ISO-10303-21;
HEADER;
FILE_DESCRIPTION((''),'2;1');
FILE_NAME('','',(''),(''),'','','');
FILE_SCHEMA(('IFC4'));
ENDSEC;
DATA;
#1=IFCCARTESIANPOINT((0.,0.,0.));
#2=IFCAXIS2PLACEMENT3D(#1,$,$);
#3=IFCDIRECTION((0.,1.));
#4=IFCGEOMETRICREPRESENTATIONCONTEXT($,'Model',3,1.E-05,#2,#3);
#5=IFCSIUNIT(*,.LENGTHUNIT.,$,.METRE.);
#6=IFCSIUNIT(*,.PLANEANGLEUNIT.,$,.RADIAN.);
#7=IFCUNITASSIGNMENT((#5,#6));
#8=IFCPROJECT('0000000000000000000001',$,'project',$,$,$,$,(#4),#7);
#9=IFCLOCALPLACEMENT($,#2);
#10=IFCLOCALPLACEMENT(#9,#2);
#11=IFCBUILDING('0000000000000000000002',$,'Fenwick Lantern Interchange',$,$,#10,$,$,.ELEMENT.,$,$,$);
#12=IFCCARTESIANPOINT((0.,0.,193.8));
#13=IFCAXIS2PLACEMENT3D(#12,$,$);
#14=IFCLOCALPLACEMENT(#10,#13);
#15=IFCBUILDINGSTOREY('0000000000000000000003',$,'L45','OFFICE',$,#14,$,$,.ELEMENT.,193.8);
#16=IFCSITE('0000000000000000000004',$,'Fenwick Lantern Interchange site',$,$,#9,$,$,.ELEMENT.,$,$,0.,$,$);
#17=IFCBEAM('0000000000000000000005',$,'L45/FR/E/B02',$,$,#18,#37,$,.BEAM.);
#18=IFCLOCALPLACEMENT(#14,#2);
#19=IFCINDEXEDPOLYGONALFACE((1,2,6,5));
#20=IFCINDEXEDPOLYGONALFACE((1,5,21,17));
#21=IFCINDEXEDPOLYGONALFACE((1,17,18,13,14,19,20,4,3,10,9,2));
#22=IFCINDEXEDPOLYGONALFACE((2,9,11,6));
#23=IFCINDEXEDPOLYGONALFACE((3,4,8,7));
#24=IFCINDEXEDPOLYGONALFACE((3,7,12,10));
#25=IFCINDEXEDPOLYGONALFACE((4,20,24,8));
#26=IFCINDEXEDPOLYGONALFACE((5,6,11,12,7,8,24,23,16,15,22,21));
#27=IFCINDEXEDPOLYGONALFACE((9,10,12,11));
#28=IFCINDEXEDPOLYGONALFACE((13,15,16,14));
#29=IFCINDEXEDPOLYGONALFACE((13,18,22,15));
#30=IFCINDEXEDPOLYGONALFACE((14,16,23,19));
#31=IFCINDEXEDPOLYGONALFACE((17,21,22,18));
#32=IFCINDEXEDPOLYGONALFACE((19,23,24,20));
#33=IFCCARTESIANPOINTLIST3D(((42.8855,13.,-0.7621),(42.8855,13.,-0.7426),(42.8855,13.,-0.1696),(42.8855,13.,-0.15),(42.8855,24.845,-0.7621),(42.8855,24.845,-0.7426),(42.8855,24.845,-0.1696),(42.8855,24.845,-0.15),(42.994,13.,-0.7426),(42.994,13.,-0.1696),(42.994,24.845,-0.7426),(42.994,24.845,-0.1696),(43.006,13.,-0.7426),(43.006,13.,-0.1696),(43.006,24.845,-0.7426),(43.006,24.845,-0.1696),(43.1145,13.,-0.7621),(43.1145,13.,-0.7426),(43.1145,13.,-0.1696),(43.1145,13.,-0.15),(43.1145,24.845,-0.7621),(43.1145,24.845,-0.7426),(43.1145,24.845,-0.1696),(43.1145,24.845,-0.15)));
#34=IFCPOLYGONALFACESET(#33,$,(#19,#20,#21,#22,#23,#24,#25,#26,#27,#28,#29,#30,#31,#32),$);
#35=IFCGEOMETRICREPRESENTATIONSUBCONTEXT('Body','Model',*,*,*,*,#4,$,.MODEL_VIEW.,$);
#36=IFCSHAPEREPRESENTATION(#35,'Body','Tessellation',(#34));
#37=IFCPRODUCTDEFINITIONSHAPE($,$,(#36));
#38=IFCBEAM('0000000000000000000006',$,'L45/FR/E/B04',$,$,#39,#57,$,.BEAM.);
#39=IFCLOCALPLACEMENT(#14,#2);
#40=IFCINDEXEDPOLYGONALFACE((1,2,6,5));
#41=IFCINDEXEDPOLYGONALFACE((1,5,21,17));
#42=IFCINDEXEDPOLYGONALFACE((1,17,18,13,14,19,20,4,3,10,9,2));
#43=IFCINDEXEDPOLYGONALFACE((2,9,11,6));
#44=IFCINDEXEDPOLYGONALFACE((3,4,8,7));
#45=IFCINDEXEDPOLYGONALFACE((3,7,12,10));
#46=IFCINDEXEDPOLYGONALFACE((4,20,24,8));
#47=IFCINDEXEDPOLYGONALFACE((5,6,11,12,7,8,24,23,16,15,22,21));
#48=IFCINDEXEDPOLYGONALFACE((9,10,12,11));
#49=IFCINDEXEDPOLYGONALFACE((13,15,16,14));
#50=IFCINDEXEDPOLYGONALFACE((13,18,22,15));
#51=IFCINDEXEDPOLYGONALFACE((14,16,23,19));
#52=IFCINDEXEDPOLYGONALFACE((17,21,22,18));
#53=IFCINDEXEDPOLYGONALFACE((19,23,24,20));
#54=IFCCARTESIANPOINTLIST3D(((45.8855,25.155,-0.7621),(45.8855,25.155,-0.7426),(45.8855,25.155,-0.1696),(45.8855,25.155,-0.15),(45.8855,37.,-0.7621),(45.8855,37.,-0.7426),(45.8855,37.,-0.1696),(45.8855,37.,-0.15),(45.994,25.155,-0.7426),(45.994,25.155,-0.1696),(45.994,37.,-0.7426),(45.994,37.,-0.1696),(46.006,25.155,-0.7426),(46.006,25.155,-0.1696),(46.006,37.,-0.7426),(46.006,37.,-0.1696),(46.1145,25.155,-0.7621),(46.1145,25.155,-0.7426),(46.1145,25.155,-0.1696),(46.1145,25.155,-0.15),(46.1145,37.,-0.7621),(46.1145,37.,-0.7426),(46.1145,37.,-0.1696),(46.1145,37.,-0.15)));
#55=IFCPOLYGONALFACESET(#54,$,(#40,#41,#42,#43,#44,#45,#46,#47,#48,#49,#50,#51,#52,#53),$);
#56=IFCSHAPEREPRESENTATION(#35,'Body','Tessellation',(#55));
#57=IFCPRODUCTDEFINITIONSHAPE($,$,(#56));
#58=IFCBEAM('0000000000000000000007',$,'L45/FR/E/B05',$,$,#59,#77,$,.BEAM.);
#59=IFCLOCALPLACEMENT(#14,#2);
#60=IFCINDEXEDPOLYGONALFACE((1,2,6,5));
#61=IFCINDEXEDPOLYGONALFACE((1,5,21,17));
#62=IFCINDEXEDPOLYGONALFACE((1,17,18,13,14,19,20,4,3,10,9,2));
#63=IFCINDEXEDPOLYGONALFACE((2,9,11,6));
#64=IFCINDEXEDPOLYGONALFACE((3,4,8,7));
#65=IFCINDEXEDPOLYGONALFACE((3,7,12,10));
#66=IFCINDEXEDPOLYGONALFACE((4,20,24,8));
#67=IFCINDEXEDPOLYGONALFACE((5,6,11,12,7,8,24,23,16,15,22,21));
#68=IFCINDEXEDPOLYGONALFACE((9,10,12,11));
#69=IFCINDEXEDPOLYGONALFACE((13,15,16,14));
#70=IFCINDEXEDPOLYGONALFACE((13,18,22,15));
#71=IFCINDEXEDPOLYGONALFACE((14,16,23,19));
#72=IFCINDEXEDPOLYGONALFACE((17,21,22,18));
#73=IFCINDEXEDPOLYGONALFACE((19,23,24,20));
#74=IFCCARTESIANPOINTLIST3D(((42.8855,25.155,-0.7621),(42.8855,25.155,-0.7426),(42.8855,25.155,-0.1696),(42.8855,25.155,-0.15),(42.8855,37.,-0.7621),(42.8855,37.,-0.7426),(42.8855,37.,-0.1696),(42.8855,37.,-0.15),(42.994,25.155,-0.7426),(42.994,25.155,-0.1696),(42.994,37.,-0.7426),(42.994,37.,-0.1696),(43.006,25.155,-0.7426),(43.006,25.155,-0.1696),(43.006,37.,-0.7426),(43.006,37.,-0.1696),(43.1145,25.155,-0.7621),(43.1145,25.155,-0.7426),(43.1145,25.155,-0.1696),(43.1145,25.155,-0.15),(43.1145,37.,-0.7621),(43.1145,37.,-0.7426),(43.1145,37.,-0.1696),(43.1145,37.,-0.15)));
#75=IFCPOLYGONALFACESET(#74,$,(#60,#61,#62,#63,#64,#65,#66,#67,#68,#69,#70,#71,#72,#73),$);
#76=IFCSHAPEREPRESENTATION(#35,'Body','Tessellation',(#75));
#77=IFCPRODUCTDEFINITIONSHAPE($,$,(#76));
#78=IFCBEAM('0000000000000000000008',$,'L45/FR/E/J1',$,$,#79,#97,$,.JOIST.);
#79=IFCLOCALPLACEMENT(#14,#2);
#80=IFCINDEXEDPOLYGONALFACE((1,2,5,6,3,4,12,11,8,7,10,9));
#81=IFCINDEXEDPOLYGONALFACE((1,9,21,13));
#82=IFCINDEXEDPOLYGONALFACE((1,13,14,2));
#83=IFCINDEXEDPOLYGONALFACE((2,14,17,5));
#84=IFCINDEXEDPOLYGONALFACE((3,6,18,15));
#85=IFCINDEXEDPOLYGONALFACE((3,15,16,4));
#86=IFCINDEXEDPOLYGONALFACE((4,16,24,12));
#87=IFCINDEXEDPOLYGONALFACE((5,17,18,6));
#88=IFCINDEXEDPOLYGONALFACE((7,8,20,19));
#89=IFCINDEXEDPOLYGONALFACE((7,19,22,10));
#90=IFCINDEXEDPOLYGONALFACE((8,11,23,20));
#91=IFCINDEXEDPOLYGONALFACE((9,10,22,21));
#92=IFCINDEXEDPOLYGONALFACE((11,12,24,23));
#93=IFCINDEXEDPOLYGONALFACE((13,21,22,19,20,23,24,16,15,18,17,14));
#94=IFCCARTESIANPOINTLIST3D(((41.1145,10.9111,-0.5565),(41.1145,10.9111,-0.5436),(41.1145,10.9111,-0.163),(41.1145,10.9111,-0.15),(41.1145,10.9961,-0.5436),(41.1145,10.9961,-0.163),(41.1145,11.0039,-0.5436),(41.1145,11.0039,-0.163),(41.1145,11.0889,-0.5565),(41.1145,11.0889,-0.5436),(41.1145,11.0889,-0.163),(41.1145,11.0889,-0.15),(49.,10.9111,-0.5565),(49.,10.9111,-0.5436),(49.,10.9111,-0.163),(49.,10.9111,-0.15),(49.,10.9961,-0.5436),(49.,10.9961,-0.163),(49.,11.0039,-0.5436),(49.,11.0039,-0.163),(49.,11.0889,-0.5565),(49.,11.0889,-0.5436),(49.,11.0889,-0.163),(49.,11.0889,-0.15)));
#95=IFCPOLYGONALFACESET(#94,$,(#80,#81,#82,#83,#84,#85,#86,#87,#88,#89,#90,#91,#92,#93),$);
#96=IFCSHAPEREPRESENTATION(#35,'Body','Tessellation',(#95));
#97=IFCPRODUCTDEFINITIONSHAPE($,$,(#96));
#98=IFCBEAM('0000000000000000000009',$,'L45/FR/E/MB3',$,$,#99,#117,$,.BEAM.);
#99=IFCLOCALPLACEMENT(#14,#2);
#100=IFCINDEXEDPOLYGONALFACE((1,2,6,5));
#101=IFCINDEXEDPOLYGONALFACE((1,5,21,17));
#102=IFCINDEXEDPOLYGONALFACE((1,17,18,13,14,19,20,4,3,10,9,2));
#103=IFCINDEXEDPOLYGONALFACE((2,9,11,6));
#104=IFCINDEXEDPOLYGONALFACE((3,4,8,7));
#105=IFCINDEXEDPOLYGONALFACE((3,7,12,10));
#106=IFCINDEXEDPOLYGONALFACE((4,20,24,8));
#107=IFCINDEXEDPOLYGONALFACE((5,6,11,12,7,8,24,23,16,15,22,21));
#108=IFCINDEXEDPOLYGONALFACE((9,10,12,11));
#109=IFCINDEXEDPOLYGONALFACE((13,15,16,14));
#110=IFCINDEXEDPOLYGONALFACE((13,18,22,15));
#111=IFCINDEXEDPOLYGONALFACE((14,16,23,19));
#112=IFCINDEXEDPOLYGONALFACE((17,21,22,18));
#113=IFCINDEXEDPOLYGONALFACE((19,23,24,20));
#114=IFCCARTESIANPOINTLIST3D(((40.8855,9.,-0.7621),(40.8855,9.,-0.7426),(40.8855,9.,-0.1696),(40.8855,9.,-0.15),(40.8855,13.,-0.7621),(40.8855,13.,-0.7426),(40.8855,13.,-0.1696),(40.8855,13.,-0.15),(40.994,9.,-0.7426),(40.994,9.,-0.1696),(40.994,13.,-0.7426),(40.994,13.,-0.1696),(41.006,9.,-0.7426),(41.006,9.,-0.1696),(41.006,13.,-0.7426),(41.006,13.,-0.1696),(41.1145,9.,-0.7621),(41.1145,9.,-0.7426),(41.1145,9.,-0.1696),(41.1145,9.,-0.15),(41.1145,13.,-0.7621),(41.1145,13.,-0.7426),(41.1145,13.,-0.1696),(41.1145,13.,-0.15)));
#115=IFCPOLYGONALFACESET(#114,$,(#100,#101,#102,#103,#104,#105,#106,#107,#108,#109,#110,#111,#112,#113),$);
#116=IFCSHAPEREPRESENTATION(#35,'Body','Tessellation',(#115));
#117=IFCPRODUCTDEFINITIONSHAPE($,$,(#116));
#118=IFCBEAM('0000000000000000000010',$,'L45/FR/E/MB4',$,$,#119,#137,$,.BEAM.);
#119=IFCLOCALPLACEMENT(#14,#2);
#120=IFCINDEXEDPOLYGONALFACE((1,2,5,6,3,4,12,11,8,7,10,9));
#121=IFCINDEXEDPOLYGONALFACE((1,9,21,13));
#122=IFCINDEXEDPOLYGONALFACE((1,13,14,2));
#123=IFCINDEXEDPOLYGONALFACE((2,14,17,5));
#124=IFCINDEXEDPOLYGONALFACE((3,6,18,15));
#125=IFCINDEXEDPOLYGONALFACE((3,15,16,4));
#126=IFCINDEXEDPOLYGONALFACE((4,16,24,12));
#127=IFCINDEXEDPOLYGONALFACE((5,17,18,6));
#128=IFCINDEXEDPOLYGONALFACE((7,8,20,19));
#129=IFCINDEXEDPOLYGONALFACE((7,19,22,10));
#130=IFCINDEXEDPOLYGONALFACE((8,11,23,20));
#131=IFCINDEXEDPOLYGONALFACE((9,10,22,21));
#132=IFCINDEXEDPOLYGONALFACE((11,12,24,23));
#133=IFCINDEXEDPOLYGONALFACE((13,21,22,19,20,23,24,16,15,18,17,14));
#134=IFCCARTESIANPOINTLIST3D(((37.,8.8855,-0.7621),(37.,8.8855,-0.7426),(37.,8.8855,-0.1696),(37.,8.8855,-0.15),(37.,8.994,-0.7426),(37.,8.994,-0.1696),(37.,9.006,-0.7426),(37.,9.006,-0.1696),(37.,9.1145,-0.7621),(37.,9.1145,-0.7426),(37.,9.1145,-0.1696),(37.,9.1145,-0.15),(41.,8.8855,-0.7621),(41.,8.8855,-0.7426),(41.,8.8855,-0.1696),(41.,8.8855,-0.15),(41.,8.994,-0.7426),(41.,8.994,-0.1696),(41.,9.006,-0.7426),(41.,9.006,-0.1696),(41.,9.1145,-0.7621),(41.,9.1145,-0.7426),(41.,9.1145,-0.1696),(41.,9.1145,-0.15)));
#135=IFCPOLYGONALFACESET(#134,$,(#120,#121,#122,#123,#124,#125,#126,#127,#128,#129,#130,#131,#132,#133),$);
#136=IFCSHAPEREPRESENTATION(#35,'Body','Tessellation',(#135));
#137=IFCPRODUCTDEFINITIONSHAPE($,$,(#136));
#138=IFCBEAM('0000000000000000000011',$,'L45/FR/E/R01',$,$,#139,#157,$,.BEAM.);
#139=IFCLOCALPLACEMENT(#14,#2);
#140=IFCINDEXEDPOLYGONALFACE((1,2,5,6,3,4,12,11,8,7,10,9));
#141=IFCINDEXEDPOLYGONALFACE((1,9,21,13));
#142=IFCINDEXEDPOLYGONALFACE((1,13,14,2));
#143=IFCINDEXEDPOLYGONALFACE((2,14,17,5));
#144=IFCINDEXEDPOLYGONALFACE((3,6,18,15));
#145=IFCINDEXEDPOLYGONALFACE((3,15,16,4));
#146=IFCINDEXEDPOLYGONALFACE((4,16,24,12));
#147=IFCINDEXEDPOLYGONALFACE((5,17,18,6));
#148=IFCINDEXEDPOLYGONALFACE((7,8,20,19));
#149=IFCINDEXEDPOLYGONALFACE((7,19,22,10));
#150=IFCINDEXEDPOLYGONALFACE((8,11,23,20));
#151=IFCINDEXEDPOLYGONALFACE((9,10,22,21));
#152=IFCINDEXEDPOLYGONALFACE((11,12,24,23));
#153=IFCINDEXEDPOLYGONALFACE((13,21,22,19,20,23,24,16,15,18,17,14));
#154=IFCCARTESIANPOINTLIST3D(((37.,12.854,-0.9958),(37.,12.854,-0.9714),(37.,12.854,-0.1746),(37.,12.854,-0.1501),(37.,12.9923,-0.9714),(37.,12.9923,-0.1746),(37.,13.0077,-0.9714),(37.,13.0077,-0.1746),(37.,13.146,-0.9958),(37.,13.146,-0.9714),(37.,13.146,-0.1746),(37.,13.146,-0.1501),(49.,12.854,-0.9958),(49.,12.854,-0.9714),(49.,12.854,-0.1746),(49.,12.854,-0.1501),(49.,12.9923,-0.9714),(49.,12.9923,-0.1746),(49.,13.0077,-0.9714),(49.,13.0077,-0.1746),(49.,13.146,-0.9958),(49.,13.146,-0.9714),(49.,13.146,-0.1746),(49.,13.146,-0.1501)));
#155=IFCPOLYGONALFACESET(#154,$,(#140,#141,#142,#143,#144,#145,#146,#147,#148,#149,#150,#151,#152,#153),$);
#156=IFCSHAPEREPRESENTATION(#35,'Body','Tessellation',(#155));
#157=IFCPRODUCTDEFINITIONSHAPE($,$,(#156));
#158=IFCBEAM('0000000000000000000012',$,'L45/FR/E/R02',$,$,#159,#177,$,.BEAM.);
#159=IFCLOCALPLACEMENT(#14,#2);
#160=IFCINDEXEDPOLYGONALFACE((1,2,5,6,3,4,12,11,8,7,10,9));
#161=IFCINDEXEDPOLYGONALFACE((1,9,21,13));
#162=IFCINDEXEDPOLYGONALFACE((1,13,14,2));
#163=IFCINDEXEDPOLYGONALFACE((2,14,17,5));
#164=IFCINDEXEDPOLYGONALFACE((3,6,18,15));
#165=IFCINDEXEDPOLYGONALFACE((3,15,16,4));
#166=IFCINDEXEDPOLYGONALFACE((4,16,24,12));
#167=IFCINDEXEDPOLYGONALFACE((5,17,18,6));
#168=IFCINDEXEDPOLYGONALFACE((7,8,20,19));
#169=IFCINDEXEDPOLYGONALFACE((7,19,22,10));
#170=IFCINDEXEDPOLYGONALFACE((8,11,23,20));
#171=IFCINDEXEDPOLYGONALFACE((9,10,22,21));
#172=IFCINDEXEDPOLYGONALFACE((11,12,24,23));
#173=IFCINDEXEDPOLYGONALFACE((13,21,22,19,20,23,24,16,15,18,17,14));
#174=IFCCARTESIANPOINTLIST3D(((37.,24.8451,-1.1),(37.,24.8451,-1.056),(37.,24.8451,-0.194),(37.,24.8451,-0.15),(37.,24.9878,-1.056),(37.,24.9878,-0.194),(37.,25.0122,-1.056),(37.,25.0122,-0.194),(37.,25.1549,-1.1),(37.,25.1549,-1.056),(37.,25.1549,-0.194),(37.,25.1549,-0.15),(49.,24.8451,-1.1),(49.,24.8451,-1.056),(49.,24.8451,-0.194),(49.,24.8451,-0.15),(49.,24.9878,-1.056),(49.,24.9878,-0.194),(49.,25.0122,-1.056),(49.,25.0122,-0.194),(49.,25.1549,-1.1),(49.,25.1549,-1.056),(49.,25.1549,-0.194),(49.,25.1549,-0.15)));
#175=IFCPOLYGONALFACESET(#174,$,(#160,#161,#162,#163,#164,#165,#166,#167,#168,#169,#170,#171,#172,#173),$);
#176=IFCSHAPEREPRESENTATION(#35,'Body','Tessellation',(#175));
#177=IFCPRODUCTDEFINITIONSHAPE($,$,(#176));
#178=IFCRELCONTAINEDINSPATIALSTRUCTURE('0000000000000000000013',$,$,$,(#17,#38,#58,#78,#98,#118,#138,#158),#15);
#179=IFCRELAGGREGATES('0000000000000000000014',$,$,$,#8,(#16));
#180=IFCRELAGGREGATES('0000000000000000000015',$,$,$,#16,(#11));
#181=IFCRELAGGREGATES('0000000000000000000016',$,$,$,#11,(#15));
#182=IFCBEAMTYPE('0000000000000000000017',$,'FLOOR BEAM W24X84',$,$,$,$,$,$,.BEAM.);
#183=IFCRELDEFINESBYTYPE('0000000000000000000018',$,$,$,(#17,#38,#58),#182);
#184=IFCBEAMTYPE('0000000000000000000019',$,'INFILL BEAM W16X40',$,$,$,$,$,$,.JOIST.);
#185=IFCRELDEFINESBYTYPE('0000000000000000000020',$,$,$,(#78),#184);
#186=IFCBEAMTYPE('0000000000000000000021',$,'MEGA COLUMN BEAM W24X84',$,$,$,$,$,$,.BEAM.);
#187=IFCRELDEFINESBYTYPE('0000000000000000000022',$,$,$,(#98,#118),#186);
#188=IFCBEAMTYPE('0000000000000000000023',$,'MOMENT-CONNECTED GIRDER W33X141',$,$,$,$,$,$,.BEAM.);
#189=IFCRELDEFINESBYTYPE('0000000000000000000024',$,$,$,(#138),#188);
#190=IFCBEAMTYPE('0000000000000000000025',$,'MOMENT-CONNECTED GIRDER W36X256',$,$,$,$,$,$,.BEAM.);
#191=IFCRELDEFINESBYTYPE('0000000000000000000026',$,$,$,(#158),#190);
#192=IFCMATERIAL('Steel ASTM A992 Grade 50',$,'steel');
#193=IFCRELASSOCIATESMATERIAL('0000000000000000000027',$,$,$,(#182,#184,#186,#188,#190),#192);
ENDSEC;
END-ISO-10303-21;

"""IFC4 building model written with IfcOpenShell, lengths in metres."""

from ifc_helpers import new_model, si_unit, direction, frame, origin, origin_2d, place, context, subcontext, project, spatial, i_section, extrude, material, material_profile, profile_set, type_object, element, save


model = new_model("IFC4")

# Units and contexts
model_context = context("Model", 3, precision=1e-05, world=origin(), true_north=direction((0.0, 1.0)))
body_context = subcontext(model_context, "Body", "Model", "MODEL_VIEW")
ifc_project = project(units=[si_unit("LENGTHUNIT", "METRE"), si_unit("PLANEANGLEUNIT", "RADIAN")], contexts=[model_context])

# Site, building, storey
site_placement = place(None, origin())
site = spatial("IfcSite", under=ifc_project, at=site_placement, Name="Fenwick Lantern Interchange site", CompositionType="ELEMENT", RefElevation=0.0)
building_placement = place(site_placement, origin())
building = spatial("IfcBuilding", under=site, at=building_placement, Name="Fenwick Lantern Interchange", CompositionType="ELEMENT")
storey_placement = place(building_placement, frame((0.0, 0.0, 193.8)))
storey = spatial("IfcBuildingStorey", under=building, at=storey_placement, Name="L45", Description="OFFICE", CompositionType="ELEMENT", Elevation=193.8)

# Shared definitions
ifc_material_1 = material(Name="Steel ASTM A992 Grade 50", Category="steel")

# Beams
ifc_material_profile_1 = material_profile(ifc_material_1, i_section(OverallWidth=0.229, OverallDepth=0.6121, WebThickness=0.012, FlangeThickness=0.0195, at=origin_2d()), Name="W24X84")
ifc_profile_set_1 = profile_set([ifc_material_profile_1], Name="Steel ASTM A992 Grade 50")
beam_type_1 = type_object("IfcBeamType", Name="FLOOR BEAM W24X84", PredefinedType="BEAM", material=ifc_profile_set_1)
for number, where, z_axis, x_axis, name in (
    (1, (43.0, 13.0, -0.4561), (0.0, 1.0, 0.0), (-1.0, 0.0, 0.0), "L45/FR/E/B02"),
    (2, (46.0, 25.155, -0.4561), (0.0, 1.0, 0.0), (-1.0, 0.0, 0.0), "L45/FR/E/B04"),
    (3, (43.0, 25.155, -0.4561), (0.0, 1.0, 0.0), (-1.0, 0.0, 0.0), "L45/FR/E/B05"),
):
    element("IfcBeam", number, at=place(storey_placement, frame(where, z_axis=z_axis, x_axis=x_axis)), inside=storey, type_object=beam_type_1, Name=name, PredefinedType="BEAM", context=body_context, shape_type="SweptSolid", body=[
        extrude(i_section(OverallWidth=0.229, OverallDepth=0.6121, WebThickness=0.012, FlangeThickness=0.0195, at=origin_2d()), origin(), (0.0, 0.0, 1.0), 11.845),
    ])
ifc_material_profile_2 = material_profile(ifc_material_1, i_section(OverallWidth=0.1777, OverallDepth=0.4065, WebThickness=0.0078, FlangeThickness=0.0129, at=origin_2d()), Name="W16X40")
ifc_profile_set_2 = profile_set([ifc_material_profile_2], Name="Steel ASTM A992 Grade 50")
beam_type_2 = type_object("IfcBeamType", Name="INFILL BEAM W16X40", PredefinedType="JOIST", material=ifc_profile_set_2)
beam_1_placement = place(storey_placement, frame((49.0, 11.0, -0.3533), z_axis=(-1.0, 0.0, 0.0), x_axis=(0.0, -1.0, 0.0)))
element("IfcBeam", 4, at=beam_1_placement, inside=storey, type_object=beam_type_2, Name="L45/FR/E/J1", PredefinedType="JOIST", context=body_context, shape_type="SweptSolid", body=[
    extrude(i_section(OverallWidth=0.1777, OverallDepth=0.4065, WebThickness=0.0078, FlangeThickness=0.0129, at=origin_2d()), origin(), (0.0, 0.0, 1.0), 7.8855),
])
ifc_material_profile_3 = material_profile(ifc_material_1, i_section(OverallWidth=0.229, OverallDepth=0.6121, WebThickness=0.012, FlangeThickness=0.0195, at=origin_2d()), Name="W24X84")
ifc_profile_set_3 = profile_set([ifc_material_profile_3], Name="Steel ASTM A992 Grade 50")
beam_type_3 = type_object("IfcBeamType", Name="MEGA COLUMN BEAM W24X84", PredefinedType="BEAM", material=ifc_profile_set_3)
for number, where, z_axis, x_axis, name in (
    (5, (41.0, 9.0, -0.4561), (0.0, 1.0, 0.0), (-1.0, 0.0, 0.0), "L45/FR/E/MB3"),
    (6, (41.0, 9.0, -0.4561), (-1.0, 0.0, 0.0), (0.0, -1.0, 0.0), "L45/FR/E/MB4"),
):
    element("IfcBeam", number, at=place(storey_placement, frame(where, z_axis=z_axis, x_axis=x_axis)), inside=storey, type_object=beam_type_3, Name=name, PredefinedType="BEAM", context=body_context, shape_type="SweptSolid", body=[
        extrude(i_section(OverallWidth=0.229, OverallDepth=0.6121, WebThickness=0.012, FlangeThickness=0.0195, at=origin_2d()), origin(), (0.0, 0.0, 1.0), 4.0),
    ])
ifc_material_profile_4 = material_profile(ifc_material_1, i_section(OverallWidth=0.292, OverallDepth=0.8457, WebThickness=0.0154, FlangeThickness=0.0244, at=origin_2d()), Name="W33X141")
ifc_profile_set_4 = profile_set([ifc_material_profile_4], Name="Steel ASTM A992 Grade 50")
beam_type_4 = type_object("IfcBeamType", Name="MOMENT-CONNECTED GIRDER W33X141", PredefinedType="BEAM", material=ifc_profile_set_4)
beam_2_placement = place(storey_placement, frame((49.0, 13.0, -0.573), z_axis=(-1.0, 0.0, 0.0), x_axis=(0.0, -1.0, 0.0)))
element("IfcBeam", 7, at=beam_2_placement, inside=storey, type_object=beam_type_4, Name="L45/FR/E/R01", PredefinedType="BEAM", context=body_context, shape_type="SweptSolid", body=[
    extrude(i_section(OverallWidth=0.292, OverallDepth=0.8457, WebThickness=0.0154, FlangeThickness=0.0244, at=origin_2d()), origin(), (0.0, 0.0, 1.0), 12.0),
])
ifc_material_profile_5 = material_profile(ifc_material_1, i_section(OverallWidth=0.3098, OverallDepth=0.95, WebThickness=0.0244, FlangeThickness=0.0439, at=origin_2d()), Name="W36X256")
ifc_profile_set_5 = profile_set([ifc_material_profile_5], Name="Steel ASTM A992 Grade 50")
beam_type_5 = type_object("IfcBeamType", Name="MOMENT-CONNECTED GIRDER W36X256", PredefinedType="BEAM", material=ifc_profile_set_5)
beam_3_placement = place(storey_placement, frame((49.0, 25.0, -0.625), z_axis=(-1.0, 0.0, 0.0), x_axis=(0.0, -1.0, 0.0)))
element("IfcBeam", 8, at=beam_3_placement, inside=storey, type_object=beam_type_5, Name="L45/FR/E/R02", PredefinedType="BEAM", context=body_context, shape_type="SweptSolid", body=[
    extrude(i_section(OverallWidth=0.3098, OverallDepth=0.95, WebThickness=0.0244, FlangeThickness=0.0439, at=origin_2d()), origin(), (0.0, 0.0, 1.0), 12.0),
])

save(model, "model.ifc")
